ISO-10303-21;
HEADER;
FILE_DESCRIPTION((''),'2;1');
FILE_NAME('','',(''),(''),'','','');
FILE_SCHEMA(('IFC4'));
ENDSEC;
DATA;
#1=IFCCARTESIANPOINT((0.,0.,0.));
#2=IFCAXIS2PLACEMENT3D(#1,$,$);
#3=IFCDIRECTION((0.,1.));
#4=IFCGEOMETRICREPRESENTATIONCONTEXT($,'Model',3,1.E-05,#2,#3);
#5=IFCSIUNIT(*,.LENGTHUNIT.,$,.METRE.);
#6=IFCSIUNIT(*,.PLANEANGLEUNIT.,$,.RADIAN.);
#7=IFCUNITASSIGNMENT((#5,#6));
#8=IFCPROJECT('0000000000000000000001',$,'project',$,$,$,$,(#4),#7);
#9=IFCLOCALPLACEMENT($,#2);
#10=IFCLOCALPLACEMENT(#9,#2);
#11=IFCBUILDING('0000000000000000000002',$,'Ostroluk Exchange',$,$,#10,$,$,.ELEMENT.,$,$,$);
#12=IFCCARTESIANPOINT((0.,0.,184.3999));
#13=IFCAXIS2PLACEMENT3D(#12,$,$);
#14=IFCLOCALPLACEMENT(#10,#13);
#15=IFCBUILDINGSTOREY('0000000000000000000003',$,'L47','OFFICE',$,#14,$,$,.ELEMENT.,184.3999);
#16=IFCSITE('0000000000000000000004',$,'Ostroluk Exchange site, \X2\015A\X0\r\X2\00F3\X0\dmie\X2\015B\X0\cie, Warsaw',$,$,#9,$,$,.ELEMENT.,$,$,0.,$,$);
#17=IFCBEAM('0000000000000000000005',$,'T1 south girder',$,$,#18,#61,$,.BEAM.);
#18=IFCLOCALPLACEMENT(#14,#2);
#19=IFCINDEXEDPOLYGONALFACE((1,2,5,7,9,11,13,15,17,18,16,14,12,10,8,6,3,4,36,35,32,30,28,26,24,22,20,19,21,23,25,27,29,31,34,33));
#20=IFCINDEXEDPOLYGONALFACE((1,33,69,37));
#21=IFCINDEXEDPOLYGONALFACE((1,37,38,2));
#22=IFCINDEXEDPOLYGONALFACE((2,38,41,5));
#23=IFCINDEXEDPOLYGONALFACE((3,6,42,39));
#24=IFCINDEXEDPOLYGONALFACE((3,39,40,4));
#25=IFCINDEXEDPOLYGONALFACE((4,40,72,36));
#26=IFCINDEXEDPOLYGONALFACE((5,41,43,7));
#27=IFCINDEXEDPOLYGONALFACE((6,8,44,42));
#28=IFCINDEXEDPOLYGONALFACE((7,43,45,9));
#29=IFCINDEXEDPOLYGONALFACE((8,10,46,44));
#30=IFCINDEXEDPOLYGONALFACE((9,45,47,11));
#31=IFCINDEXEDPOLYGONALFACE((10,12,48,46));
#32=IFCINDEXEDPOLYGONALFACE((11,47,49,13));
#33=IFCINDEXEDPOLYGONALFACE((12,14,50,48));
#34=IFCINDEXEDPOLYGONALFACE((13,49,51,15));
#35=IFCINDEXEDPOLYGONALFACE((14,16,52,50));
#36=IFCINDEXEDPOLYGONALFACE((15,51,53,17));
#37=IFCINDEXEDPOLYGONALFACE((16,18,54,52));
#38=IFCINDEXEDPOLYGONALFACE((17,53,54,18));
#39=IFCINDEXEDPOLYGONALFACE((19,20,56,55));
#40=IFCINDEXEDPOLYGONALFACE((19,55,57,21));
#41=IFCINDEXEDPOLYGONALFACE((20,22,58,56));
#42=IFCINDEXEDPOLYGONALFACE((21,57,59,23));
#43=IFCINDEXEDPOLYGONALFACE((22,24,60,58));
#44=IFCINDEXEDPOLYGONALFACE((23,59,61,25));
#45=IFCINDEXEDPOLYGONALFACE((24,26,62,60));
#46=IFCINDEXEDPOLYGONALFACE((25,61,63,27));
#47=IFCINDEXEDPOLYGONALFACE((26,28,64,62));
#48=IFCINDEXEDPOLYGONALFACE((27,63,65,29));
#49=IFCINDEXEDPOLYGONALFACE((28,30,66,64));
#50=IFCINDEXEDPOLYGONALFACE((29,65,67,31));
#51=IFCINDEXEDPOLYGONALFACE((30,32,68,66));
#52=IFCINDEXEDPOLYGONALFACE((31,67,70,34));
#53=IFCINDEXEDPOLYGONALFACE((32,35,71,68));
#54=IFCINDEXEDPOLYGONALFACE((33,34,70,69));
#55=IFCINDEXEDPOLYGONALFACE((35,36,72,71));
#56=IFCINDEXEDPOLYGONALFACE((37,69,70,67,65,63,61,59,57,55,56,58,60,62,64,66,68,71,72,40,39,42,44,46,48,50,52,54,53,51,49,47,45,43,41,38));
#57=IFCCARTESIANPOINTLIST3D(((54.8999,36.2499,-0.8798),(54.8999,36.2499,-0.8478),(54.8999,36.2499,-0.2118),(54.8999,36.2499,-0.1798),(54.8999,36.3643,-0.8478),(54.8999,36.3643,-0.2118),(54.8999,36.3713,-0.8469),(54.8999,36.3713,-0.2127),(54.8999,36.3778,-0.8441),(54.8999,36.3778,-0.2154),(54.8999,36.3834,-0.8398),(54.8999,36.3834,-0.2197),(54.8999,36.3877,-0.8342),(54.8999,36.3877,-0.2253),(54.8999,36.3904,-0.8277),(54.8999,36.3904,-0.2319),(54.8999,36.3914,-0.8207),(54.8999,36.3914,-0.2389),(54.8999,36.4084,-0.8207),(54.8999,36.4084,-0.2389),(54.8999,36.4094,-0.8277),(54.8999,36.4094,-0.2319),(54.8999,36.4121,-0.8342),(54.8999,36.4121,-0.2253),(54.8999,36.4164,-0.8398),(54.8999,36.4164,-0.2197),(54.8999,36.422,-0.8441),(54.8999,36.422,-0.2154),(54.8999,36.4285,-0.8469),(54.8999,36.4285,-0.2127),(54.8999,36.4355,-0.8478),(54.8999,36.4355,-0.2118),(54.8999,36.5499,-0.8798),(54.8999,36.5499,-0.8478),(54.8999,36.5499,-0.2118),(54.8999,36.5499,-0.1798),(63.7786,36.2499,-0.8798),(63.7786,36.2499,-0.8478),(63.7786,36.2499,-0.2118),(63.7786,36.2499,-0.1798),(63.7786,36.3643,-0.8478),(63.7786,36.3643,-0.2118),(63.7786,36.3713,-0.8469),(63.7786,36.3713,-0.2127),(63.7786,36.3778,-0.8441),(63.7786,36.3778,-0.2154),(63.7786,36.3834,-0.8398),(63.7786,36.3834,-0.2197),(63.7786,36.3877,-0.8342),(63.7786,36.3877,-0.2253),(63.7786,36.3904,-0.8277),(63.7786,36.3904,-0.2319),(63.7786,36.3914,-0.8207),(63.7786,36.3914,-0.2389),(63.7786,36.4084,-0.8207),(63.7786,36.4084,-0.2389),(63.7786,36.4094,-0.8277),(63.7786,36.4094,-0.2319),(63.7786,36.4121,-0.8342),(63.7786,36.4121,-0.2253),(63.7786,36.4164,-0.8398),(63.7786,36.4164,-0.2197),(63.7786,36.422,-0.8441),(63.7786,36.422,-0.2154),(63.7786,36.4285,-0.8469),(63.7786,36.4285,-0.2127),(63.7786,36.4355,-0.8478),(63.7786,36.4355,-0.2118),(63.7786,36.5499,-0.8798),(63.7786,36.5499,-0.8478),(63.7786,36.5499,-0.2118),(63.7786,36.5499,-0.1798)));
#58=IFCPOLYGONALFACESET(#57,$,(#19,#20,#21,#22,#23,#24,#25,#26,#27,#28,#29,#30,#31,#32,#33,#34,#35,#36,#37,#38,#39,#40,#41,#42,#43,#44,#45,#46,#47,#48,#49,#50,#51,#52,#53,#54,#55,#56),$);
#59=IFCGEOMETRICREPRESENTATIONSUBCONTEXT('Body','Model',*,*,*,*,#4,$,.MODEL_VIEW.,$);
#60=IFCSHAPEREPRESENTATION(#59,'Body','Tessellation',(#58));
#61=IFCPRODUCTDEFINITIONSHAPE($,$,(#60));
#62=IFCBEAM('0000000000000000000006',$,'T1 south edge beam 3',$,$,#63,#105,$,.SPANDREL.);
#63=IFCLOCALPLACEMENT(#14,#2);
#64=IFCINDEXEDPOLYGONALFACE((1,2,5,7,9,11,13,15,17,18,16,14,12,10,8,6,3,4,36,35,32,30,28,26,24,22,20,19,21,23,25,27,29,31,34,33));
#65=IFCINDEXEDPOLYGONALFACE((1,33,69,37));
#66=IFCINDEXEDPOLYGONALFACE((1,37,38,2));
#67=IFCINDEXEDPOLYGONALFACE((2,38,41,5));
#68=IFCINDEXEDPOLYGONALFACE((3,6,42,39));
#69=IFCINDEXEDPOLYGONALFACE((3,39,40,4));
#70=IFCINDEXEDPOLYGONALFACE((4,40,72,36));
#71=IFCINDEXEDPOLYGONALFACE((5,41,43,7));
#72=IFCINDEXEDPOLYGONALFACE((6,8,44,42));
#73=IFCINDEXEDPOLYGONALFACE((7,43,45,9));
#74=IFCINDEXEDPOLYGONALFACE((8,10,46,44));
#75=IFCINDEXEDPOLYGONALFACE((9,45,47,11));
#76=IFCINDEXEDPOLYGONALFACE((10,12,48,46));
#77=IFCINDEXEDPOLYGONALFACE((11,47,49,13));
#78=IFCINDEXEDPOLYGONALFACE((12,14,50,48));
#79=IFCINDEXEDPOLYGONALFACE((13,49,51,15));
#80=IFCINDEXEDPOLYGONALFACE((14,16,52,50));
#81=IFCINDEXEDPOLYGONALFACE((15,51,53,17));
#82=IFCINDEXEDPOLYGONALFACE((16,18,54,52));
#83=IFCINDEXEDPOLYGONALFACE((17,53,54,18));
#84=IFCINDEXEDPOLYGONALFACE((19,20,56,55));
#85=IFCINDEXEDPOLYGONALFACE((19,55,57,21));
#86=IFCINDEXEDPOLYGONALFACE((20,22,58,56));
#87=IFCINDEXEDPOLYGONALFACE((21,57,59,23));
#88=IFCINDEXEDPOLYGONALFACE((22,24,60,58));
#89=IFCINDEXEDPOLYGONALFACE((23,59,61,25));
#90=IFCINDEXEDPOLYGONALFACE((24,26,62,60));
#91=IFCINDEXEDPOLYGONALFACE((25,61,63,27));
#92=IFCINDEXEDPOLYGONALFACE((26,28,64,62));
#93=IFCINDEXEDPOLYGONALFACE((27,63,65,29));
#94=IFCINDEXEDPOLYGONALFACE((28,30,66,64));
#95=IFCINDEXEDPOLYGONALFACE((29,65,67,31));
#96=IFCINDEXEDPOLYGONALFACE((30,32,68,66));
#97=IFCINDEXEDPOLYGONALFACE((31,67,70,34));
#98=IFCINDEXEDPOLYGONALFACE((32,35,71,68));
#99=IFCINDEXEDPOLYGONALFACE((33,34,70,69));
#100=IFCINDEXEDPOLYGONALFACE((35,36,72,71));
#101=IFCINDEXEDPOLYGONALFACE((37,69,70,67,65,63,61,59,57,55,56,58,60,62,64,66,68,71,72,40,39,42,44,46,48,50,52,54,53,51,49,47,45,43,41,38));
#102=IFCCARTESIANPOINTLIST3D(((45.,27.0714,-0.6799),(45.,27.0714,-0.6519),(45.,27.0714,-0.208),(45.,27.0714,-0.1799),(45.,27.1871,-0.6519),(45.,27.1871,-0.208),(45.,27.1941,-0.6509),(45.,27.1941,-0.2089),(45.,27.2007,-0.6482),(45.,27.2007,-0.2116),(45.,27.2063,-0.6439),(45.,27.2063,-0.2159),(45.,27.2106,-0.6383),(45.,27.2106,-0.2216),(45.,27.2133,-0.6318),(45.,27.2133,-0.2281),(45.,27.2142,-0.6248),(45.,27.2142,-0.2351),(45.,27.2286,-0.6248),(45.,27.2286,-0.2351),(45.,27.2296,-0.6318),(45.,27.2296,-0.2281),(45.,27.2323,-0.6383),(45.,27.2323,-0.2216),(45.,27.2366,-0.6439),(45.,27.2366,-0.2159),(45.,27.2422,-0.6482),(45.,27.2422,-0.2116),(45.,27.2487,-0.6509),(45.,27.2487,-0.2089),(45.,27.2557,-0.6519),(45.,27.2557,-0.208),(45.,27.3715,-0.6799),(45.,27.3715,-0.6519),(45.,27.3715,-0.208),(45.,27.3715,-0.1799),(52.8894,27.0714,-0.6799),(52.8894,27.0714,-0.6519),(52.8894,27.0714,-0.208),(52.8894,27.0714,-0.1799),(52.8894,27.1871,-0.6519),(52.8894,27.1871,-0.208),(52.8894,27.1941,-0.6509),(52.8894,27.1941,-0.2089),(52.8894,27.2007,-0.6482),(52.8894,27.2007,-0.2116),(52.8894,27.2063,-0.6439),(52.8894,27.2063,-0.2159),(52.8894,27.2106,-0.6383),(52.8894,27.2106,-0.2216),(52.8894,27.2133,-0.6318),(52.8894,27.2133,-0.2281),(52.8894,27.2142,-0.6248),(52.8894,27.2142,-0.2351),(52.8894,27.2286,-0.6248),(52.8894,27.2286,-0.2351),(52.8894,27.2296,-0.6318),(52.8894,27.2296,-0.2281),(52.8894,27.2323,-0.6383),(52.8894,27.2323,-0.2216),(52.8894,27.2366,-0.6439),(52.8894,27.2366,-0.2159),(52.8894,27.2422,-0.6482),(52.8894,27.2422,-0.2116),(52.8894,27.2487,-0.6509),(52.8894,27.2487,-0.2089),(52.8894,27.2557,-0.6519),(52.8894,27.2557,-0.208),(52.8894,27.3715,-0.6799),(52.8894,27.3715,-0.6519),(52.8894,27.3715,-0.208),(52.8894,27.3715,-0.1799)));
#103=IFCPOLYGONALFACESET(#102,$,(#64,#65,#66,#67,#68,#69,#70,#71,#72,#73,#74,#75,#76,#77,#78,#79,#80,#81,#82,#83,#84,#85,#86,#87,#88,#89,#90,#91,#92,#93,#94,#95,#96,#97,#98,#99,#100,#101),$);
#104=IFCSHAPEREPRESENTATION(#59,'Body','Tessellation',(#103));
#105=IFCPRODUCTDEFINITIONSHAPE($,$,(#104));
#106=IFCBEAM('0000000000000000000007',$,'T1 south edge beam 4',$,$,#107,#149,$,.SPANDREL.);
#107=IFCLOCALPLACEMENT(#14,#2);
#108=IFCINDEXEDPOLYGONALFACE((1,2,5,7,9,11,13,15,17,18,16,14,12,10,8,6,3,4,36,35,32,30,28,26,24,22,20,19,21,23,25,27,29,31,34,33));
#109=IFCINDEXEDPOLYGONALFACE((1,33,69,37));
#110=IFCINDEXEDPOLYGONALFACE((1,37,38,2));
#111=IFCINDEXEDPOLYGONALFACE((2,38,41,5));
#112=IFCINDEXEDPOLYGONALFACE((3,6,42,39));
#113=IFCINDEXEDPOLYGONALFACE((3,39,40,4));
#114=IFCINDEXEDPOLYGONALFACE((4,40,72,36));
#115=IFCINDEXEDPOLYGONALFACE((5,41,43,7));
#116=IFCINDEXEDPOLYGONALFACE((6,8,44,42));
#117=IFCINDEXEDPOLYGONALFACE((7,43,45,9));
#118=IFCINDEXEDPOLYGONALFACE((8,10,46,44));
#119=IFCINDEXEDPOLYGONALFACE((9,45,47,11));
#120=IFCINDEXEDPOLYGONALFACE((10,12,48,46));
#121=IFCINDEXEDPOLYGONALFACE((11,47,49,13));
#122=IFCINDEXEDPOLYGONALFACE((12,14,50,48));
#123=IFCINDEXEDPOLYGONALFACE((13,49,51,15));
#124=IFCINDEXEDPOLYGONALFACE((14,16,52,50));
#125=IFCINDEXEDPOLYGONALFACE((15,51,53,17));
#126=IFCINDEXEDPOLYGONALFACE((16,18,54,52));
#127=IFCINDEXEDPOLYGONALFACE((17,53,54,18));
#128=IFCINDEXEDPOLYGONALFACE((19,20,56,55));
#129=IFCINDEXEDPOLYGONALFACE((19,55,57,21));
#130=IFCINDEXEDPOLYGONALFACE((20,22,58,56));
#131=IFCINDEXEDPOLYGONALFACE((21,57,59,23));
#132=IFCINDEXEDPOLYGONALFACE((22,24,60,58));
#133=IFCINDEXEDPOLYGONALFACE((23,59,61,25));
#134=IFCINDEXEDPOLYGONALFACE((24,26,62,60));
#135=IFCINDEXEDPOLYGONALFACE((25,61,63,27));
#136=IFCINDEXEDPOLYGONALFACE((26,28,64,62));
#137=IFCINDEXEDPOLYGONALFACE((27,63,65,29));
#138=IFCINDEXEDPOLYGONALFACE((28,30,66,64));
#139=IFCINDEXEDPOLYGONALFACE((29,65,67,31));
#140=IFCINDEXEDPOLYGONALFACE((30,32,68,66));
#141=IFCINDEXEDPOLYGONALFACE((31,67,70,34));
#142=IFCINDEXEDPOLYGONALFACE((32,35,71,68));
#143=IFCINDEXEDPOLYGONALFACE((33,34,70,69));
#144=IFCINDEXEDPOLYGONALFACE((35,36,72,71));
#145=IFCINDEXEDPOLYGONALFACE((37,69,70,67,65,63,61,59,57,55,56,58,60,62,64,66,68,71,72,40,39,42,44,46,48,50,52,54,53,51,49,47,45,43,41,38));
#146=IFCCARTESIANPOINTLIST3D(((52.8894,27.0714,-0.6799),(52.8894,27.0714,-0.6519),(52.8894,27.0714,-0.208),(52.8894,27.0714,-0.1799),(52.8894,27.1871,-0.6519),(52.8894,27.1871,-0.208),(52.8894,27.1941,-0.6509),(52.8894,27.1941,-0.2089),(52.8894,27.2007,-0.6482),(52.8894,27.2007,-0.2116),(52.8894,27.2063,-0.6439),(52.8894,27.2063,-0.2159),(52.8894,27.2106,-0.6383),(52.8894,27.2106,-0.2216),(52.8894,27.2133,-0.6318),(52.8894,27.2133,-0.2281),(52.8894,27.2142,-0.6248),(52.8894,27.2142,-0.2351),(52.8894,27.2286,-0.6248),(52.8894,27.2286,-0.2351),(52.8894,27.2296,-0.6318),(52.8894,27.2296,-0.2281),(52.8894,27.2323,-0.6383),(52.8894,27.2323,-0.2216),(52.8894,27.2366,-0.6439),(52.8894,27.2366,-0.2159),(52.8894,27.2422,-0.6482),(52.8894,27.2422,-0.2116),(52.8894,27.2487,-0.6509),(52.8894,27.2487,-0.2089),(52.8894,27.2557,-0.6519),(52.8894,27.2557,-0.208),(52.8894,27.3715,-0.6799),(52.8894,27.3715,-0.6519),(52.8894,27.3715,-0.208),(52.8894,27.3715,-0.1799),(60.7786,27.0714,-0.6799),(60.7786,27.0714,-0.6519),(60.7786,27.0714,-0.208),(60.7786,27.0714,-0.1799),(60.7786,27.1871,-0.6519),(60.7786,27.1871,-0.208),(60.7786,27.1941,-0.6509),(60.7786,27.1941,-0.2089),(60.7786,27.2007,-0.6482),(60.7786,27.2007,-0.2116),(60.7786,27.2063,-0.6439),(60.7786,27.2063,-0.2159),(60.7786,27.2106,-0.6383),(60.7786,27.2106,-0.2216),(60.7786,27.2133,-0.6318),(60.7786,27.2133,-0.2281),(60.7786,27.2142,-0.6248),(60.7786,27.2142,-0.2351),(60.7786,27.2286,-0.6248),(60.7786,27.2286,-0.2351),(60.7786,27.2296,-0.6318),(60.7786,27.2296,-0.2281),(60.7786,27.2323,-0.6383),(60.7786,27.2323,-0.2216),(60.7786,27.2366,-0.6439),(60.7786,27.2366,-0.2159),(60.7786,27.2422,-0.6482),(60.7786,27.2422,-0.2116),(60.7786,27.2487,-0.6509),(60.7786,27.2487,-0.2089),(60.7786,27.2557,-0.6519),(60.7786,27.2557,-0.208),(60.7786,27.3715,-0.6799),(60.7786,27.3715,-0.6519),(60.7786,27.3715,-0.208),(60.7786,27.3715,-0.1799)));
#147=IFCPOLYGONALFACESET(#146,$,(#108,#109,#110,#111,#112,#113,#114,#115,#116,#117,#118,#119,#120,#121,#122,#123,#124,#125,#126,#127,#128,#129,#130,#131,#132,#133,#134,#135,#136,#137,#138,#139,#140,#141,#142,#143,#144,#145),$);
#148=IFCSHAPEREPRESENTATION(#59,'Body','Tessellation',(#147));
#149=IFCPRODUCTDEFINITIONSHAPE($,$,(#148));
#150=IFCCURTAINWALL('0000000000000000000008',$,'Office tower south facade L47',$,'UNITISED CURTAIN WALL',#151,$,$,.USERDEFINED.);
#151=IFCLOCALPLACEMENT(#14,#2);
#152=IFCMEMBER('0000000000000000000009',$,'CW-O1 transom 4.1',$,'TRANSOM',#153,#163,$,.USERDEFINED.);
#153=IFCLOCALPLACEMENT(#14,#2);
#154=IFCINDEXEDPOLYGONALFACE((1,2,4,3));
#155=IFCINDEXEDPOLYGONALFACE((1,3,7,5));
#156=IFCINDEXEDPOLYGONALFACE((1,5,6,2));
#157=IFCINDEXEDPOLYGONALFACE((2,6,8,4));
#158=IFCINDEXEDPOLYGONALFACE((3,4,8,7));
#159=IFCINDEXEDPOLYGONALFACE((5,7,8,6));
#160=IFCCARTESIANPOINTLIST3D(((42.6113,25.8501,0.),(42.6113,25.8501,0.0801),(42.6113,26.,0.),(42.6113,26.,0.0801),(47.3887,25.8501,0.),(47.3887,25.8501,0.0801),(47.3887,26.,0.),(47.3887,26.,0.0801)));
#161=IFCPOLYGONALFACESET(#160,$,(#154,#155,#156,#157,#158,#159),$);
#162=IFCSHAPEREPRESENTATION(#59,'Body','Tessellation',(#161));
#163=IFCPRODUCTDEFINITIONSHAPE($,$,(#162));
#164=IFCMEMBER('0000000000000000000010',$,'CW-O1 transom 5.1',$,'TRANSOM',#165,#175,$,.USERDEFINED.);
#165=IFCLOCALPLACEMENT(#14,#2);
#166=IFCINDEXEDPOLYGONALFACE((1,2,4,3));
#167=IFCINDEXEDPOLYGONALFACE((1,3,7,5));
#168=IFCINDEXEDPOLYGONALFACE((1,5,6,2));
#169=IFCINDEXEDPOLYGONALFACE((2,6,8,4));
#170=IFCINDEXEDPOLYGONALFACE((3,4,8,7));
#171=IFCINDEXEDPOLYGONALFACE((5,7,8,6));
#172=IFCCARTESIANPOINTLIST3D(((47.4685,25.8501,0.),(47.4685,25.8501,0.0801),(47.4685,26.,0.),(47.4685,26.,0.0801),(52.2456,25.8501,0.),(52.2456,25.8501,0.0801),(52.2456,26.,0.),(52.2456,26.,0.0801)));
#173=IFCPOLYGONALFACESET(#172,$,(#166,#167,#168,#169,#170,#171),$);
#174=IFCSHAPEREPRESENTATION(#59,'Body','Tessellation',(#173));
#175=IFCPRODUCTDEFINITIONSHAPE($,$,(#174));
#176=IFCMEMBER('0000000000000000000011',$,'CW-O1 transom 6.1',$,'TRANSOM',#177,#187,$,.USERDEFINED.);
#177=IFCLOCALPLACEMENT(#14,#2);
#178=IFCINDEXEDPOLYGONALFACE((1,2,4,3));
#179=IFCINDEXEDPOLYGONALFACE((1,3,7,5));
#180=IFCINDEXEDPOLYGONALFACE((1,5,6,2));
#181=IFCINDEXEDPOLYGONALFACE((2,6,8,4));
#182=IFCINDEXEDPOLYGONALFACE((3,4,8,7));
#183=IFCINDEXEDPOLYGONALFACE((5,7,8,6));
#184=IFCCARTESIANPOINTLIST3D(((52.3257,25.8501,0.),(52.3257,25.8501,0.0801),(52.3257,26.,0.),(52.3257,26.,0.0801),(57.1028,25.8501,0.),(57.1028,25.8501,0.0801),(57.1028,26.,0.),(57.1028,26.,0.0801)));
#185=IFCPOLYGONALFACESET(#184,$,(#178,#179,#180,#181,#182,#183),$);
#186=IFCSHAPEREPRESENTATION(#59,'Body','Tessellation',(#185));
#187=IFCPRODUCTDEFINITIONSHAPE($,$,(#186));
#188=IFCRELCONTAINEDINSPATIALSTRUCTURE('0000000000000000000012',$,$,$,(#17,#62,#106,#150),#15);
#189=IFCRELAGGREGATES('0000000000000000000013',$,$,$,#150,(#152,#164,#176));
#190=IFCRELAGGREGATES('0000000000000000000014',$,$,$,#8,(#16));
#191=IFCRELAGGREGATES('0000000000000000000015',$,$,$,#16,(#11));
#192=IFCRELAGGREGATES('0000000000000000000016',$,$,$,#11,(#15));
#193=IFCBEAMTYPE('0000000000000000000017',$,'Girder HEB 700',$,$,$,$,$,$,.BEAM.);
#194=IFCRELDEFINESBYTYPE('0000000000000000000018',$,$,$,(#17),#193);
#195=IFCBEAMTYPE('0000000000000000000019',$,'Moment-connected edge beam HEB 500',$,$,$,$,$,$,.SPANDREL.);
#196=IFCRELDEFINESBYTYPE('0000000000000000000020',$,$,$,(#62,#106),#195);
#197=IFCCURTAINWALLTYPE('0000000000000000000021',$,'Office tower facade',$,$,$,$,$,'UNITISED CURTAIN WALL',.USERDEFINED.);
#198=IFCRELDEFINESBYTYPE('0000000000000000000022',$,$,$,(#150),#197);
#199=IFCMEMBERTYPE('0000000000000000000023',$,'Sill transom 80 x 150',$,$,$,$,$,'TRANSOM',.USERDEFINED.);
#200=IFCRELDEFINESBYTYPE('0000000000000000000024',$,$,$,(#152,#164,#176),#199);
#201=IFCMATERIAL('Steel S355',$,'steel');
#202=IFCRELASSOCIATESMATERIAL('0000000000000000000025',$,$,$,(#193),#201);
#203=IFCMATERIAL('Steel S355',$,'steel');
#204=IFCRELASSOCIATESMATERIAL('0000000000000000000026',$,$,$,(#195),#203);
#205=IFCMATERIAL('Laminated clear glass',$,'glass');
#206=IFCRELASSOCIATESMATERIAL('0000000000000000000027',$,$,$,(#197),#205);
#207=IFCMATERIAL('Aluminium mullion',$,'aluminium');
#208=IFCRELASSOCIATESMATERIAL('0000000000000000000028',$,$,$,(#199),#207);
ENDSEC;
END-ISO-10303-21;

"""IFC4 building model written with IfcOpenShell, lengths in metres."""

from ifc_helpers import new_model, si_unit, direction, frame, origin, origin_2d, place, context, subcontext, project, spatial, rectangle, i_section, extrude, material, material_profile, profile_set, type_object, element, aggregate, save


model = new_model("IFC4")

# Units and contexts
model_context = context("Model", 3, precision=1e-05, world=origin(), true_north=direction((0.0, 1.0)))
body_context = subcontext(model_context, "Body", "Model", "MODEL_VIEW")
ifc_project = project(units=[si_unit("LENGTHUNIT", "METRE"), si_unit("PLANEANGLEUNIT", "RADIAN")], contexts=[model_context])

# Site, building, storey
site_placement = place(None, origin())
site = spatial("IfcSite", under=ifc_project, at=site_placement, Name="Ostroluk Exchange site, Śródmieście, Warsaw", CompositionType="ELEMENT", RefElevation=0.0)
building_placement = place(site_placement, origin())
building = spatial("IfcBuilding", under=site, at=building_placement, Name="Ostroluk Exchange", CompositionType="ELEMENT")
storey_placement = place(building_placement, frame((0.0, 0.0, 184.3999)))
storey = spatial("IfcBuildingStorey", under=building, at=storey_placement, Name="L47", Description="OFFICE", CompositionType="ELEMENT", Elevation=184.3999)

# Beams
ifc_material_1 = material(Name="Steel S355", Category="steel")
ifc_material_profile_1 = material_profile(ifc_material_1, i_section(OverallWidth=0.3, OverallDepth=0.7, WebThickness=0.0171, FlangeThickness=0.032, FilletRadius=0.0271, at=origin_2d()), Name="HEB 700")
ifc_profile_set_1 = profile_set([ifc_material_profile_1], Name="Steel S355")
beam_type_1 = type_object("IfcBeamType", Name="Girder HEB 700", PredefinedType="BEAM", material=ifc_profile_set_1)
beam_1_placement = place(storey_placement, frame((54.8999, 36.3999, -0.5298), z_axis=(1.0, 0.0, 0.0), x_axis=(0.0, 1.0, 0.0)))
element("IfcBeam", 1, at=beam_1_placement, inside=storey, type_object=beam_type_1, Name="T1 south girder", PredefinedType="BEAM", context=body_context, shape_type="SweptSolid", body=[
    extrude(i_section(OverallWidth=0.3, OverallDepth=0.7, WebThickness=0.0171, FlangeThickness=0.032, FilletRadius=0.0271, at=origin_2d()), origin(), (0.0, 0.0, 1.0), 8.8787),
])
ifc_material_2 = material(Name="Steel S355", Category="steel")
ifc_material_profile_2 = material_profile(ifc_material_2, i_section(OverallWidth=0.3, OverallDepth=0.5, WebThickness=0.0144, FlangeThickness=0.0281, FilletRadius=0.0271, at=origin_2d()), Name="HEB 500")
ifc_profile_set_2 = profile_set([ifc_material_profile_2], Name="Steel S355")
beam_type_2 = type_object("IfcBeamType", Name="Moment-connected edge beam HEB 500", PredefinedType="SPANDREL", material=ifc_profile_set_2)
beam_2_placement = place(storey_placement, frame((45.0, 27.2214, -0.4299), z_axis=(1.0, 0.0, 0.0), x_axis=(0.0, 1.0, 0.0)))
element("IfcBeam", 2, at=beam_2_placement, inside=storey, type_object=beam_type_2, Name="T1 south edge beam 3", PredefinedType="SPANDREL", context=body_context, shape_type="SweptSolid", body=[
    extrude(i_section(OverallWidth=0.3, OverallDepth=0.5, WebThickness=0.0144, FlangeThickness=0.0281, FilletRadius=0.0271, at=origin_2d()), origin(), (0.0, 0.0, 1.0), 7.8894),
])
beam_3_placement = place(storey_placement, frame((52.8894, 27.2214, -0.4299), z_axis=(1.0, 0.0, 0.0), x_axis=(0.0, 1.0, 0.0)))
element("IfcBeam", 3, at=beam_3_placement, inside=storey, type_object=beam_type_2, Name="T1 south edge beam 4", PredefinedType="SPANDREL", context=body_context, shape_type="SweptSolid", body=[
    extrude(i_section(OverallWidth=0.3, OverallDepth=0.5, WebThickness=0.0144, FlangeThickness=0.0281, FilletRadius=0.0271, at=origin_2d()), origin(), (0.0, 0.0, 1.0), 7.8892),
])

# Curtain wall, members
ifc_material_3 = material(Name="Laminated clear glass", Category="glass")
curtain_wall_type = type_object("IfcCurtainWallType", Name="Office tower facade", ElementType="UNITISED CURTAIN WALL", PredefinedType="USERDEFINED", material=ifc_material_3)
curtain_wall_placement = place(storey_placement, origin())
curtain_wall = element("IfcCurtainWall", 4, at=curtain_wall_placement, inside=storey, type_object=curtain_wall_type, Name="Office tower south facade L47", ObjectType="UNITISED CURTAIN WALL", PredefinedType="USERDEFINED")
ifc_material_4 = material(Name="Aluminium mullion", Category="aluminium")
ifc_material_profile_3 = material_profile(ifc_material_4, rectangle(XDim=0.1499, YDim=0.0801, at=origin_2d()), Name="Sill transom 80 x 150")
ifc_profile_set_3 = profile_set([ifc_material_profile_3], Name="Aluminium mullion")
member_type_1 = type_object("IfcMemberType", Name="Sill transom 80 x 150", ElementType="TRANSOM", PredefinedType="USERDEFINED", material=ifc_profile_set_3)
member_1_placement = place(storey_placement, frame((42.6113, 25.925, 0.04), z_axis=(1.0, 0.0, 0.0), x_axis=(0.0, 1.0, 0.0)))
member_1 = element("IfcMember", 5, at=member_1_placement, type_object=member_type_1, Name="CW-O1 transom 4.1", ObjectType="TRANSOM", PredefinedType="USERDEFINED", context=body_context, shape_type="SweptSolid", body=[
    extrude(rectangle(XDim=0.1499, YDim=0.0801, at=origin_2d()), origin(), (0.0, 0.0, 1.0), 4.7773),
])
member_2_placement = place(storey_placement, frame((47.4685, 25.925, 0.04), z_axis=(1.0, 0.0, 0.0), x_axis=(0.0, 1.0, 0.0)))
member_2 = element("IfcMember", 6, at=member_2_placement, type_object=member_type_1, Name="CW-O1 transom 5.1", ObjectType="TRANSOM", PredefinedType="USERDEFINED", context=body_context, shape_type="SweptSolid", body=[
    extrude(rectangle(XDim=0.1499, YDim=0.0801, at=origin_2d()), origin(), (0.0, 0.0, 1.0), 4.7771),
])
member_3_placement = place(storey_placement, frame((52.3257, 25.925, 0.04), z_axis=(1.0, 0.0, 0.0), x_axis=(0.0, 1.0, 0.0)))
member_3 = element("IfcMember", 7, at=member_3_placement, type_object=member_type_1, Name="CW-O1 transom 6.1", ObjectType="TRANSOM", PredefinedType="USERDEFINED", context=body_context, shape_type="SweptSolid", body=[
    extrude(rectangle(XDim=0.1499, YDim=0.0801, at=origin_2d()), origin(), (0.0, 0.0, 1.0), 4.7771),
])
aggregate(curtain_wall, [member_1, member_2, member_3])

save(model, "model.ifc")
